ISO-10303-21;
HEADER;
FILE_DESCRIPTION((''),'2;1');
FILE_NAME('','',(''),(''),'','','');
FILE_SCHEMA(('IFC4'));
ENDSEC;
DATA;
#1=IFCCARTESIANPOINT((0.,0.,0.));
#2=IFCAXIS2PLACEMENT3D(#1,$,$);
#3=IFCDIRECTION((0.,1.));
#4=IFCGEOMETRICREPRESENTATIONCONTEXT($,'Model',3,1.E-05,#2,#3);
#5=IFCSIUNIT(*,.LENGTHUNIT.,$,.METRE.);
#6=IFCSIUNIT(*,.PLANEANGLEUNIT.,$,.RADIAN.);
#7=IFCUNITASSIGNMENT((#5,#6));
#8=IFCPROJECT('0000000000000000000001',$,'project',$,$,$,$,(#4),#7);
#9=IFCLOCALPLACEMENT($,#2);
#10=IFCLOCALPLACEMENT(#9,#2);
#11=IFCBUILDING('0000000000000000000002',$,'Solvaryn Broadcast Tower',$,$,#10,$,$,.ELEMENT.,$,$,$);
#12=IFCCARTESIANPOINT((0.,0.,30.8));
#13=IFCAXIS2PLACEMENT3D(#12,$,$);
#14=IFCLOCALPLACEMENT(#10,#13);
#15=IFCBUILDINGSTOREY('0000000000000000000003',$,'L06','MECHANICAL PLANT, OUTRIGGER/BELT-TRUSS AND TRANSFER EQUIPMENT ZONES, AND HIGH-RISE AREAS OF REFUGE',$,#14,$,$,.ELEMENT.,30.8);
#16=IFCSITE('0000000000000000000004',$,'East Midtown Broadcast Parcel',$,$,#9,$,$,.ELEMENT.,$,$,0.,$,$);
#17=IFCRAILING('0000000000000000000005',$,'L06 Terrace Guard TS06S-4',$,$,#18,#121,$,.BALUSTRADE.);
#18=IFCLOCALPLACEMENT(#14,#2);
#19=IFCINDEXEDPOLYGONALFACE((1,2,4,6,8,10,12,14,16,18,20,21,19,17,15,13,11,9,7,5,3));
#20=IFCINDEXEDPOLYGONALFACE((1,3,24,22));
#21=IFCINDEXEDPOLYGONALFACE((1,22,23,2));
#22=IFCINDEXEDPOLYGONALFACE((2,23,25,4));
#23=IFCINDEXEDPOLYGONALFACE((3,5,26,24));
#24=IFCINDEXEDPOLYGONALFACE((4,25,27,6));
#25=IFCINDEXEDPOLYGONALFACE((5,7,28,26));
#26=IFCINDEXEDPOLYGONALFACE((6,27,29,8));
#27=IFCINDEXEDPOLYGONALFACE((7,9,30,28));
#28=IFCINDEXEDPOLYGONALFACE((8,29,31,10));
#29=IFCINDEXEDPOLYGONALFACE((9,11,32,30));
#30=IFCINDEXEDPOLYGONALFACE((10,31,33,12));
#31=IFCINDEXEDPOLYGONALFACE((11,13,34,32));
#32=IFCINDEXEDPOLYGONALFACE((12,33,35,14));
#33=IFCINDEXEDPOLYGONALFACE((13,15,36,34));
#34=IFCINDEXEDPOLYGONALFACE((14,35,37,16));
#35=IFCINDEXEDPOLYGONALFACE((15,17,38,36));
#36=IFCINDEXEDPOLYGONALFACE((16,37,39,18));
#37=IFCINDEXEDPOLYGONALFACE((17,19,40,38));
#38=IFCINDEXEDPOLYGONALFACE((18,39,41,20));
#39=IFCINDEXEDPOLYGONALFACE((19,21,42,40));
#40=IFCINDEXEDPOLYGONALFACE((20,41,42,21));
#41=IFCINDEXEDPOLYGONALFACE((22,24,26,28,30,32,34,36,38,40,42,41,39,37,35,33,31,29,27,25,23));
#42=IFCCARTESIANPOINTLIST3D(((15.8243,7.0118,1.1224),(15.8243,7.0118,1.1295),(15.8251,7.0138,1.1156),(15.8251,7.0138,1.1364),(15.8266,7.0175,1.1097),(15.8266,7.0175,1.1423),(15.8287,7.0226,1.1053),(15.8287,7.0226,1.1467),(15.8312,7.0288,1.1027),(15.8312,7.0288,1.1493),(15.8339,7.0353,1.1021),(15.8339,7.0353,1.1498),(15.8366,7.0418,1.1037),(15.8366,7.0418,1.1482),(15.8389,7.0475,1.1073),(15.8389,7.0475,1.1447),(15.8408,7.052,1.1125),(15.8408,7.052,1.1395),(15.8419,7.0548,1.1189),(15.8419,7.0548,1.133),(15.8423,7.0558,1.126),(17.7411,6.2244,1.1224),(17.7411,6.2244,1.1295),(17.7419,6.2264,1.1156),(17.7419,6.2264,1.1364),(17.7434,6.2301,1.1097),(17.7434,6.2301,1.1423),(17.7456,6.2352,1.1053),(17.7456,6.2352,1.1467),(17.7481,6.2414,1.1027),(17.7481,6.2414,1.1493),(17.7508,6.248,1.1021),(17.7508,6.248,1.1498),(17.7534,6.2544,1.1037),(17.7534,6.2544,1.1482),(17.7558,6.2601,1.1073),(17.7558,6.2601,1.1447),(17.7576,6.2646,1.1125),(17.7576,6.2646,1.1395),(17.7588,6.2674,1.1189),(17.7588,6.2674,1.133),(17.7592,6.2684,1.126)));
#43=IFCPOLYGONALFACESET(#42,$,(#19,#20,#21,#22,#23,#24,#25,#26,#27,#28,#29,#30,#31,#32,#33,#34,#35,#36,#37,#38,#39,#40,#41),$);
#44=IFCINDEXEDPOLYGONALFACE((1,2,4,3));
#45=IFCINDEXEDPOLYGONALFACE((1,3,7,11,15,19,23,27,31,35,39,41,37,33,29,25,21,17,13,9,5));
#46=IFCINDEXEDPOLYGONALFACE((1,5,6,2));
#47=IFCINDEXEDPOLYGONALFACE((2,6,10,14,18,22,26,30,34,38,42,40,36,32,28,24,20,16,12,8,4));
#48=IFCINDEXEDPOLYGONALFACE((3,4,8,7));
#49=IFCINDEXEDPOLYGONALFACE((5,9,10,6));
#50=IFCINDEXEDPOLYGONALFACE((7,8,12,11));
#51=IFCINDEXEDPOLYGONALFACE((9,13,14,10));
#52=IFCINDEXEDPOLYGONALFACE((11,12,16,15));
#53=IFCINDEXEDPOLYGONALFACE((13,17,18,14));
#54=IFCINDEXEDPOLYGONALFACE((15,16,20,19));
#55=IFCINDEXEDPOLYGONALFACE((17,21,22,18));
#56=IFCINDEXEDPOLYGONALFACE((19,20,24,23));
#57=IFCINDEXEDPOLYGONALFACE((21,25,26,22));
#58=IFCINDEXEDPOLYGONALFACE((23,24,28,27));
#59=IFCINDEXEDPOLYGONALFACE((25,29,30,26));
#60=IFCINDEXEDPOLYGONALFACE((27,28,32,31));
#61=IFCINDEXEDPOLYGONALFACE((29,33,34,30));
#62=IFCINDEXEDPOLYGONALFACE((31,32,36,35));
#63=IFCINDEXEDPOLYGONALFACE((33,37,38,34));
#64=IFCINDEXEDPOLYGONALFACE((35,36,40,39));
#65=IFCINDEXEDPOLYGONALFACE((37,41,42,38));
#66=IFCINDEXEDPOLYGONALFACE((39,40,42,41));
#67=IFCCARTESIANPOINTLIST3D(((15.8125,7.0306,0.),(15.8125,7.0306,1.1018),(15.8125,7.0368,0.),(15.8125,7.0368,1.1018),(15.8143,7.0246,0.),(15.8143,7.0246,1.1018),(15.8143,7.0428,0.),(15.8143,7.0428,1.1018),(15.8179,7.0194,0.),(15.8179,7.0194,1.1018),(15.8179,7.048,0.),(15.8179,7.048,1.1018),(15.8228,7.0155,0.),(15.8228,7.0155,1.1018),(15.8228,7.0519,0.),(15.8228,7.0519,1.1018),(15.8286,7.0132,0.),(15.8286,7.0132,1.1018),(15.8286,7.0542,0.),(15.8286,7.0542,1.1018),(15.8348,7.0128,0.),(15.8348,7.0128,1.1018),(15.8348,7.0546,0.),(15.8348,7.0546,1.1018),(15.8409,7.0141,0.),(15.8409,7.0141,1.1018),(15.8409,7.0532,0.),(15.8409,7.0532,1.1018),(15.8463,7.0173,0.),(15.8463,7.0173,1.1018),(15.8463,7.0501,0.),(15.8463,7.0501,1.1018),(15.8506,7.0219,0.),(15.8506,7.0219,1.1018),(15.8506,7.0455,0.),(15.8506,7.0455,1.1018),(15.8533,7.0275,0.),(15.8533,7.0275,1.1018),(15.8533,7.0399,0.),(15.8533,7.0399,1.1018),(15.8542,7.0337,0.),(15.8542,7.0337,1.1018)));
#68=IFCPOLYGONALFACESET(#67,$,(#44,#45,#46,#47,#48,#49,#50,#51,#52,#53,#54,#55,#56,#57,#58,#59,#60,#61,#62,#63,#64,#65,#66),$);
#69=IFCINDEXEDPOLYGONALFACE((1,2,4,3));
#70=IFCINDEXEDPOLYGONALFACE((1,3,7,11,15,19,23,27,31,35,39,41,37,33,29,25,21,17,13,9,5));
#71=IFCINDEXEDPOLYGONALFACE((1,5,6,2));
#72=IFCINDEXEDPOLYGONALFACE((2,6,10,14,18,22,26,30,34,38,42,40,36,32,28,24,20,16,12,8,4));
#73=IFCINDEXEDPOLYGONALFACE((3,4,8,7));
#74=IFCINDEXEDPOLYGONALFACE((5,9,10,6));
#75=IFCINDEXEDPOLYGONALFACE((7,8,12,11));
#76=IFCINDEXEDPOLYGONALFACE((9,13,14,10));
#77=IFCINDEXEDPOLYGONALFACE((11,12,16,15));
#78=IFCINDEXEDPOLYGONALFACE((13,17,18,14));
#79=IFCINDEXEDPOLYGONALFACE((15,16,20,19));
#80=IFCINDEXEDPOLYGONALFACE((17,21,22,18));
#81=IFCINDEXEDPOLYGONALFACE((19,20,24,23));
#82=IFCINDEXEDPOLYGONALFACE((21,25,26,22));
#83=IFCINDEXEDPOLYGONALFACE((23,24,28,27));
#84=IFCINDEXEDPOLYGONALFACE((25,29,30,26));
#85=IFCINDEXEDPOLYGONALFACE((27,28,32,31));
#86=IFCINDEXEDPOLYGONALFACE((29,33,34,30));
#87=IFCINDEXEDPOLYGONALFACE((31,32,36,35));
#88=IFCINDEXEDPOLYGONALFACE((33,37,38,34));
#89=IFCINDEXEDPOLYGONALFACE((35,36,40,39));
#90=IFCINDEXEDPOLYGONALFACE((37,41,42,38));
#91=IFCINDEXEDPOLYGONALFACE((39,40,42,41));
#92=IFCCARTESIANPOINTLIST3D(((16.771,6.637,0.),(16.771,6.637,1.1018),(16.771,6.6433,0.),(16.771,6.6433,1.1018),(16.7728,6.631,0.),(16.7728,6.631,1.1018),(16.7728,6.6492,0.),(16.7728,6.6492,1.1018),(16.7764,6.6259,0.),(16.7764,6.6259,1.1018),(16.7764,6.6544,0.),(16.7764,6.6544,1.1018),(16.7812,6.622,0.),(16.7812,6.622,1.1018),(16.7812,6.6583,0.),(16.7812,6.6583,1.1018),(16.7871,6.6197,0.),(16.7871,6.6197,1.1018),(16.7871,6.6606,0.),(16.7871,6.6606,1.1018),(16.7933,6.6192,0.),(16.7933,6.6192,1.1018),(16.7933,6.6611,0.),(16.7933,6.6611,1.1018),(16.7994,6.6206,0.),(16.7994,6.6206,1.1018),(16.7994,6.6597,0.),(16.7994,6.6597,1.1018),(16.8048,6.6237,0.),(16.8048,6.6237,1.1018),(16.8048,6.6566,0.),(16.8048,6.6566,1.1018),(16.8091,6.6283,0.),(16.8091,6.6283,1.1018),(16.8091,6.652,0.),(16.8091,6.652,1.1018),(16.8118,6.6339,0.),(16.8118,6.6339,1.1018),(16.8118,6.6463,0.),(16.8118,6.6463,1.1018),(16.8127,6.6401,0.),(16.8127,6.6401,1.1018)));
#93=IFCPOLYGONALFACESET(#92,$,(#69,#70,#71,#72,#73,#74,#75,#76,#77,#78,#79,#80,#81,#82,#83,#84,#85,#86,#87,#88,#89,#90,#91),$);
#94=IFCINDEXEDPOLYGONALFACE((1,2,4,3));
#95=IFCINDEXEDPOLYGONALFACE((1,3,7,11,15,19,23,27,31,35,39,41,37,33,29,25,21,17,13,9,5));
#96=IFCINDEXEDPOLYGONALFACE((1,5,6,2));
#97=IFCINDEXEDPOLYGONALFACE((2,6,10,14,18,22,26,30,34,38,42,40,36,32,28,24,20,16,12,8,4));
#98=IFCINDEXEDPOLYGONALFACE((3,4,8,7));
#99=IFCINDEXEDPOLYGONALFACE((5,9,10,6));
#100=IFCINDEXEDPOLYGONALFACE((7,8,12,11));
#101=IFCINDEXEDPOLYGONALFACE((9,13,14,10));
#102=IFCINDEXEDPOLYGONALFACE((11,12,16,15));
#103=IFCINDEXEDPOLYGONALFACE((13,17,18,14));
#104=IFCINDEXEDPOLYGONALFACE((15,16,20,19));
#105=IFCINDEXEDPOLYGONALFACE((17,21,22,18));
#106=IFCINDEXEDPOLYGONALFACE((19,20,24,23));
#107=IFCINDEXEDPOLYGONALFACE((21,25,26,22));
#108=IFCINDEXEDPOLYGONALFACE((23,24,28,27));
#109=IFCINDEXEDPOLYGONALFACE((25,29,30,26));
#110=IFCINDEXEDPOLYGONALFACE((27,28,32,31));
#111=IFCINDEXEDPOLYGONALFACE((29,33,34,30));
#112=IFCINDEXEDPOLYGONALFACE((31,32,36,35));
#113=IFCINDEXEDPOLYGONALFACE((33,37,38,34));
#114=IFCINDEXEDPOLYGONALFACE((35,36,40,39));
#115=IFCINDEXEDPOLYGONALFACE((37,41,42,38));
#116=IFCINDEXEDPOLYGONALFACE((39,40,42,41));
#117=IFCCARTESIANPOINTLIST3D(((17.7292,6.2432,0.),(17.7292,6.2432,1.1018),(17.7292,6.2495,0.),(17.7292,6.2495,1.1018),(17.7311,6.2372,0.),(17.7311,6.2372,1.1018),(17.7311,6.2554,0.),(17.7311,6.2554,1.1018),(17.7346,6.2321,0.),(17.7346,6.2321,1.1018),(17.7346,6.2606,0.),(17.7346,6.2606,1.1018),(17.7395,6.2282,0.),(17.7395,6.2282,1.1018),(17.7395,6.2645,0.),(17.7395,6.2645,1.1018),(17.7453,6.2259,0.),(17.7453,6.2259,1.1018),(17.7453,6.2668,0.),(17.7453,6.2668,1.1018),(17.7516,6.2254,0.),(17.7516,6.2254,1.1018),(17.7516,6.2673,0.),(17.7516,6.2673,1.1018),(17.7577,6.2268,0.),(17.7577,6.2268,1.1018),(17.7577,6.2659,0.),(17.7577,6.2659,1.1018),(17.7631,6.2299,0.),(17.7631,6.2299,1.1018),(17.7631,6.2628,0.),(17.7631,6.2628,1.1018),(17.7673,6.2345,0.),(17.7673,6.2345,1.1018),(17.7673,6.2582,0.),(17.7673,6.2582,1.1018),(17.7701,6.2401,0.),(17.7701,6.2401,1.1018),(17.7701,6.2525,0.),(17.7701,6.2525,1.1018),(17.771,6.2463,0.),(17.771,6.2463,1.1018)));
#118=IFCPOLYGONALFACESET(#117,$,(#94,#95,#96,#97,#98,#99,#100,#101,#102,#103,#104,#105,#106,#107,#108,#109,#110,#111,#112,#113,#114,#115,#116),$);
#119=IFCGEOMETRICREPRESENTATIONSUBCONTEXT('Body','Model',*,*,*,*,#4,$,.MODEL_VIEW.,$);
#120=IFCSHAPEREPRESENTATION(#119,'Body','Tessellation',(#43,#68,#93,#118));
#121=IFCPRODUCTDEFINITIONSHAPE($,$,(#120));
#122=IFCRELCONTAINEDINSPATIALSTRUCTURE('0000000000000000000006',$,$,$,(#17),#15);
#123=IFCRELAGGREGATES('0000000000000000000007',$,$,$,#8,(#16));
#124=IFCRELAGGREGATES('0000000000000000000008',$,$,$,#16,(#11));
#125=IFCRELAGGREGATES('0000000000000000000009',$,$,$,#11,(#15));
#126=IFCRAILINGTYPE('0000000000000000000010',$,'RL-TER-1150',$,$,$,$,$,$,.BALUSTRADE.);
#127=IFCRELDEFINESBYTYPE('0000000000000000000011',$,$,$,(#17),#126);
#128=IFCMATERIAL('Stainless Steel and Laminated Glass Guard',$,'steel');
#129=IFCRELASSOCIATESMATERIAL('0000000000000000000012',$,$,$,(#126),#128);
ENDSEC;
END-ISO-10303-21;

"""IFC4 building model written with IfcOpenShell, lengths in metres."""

from ifc_helpers import new_model, si_unit, direction, frame, origin, origin_2d, place, context, subcontext, project, spatial, circle, extrude, material, type_object, element, save


model = new_model("IFC4")

# Units and contexts
model_context = context("Model", 3, precision=1e-05, world=origin(), true_north=direction((0.0, 1.0)))
body_context = subcontext(model_context, "Body", "Model", "MODEL_VIEW")
ifc_project = project(units=[si_unit("LENGTHUNIT", "METRE"), si_unit("PLANEANGLEUNIT", "RADIAN")], contexts=[model_context])

# Site, building, storey
site_placement = place(None, origin())
site = spatial("IfcSite", under=ifc_project, at=site_placement, Name="East Midtown Broadcast Parcel", CompositionType="ELEMENT", RefElevation=0.0)
building_placement = place(site_placement, origin())
building = spatial("IfcBuilding", under=site, at=building_placement, Name="Solvaryn Broadcast Tower", CompositionType="ELEMENT")
storey_placement = place(building_placement, frame((0.0, 0.0, 30.8)))
storey = spatial("IfcBuildingStorey", under=building, at=storey_placement, Name="L06", Description="MECHANICAL PLANT, OUTRIGGER/BELT-TRUSS AND TRANSFER EQUIPMENT ZONES, AND HIGH-RISE AREAS OF REFUGE", CompositionType="ELEMENT", Elevation=30.8)

# Railing
ifc_material_1 = material(Name="Stainless Steel and Laminated Glass Guard", Category="steel")
railing_type = type_object("IfcRailingType", Name="RL-TER-1150", PredefinedType="BALUSTRADE", material=ifc_material_1)
railing_1_placement = place(storey_placement, frame((15.8333, 7.0337, 0.0)))
element("IfcRailing", 1, at=railing_1_placement, inside=storey, type_object=railing_type, Name="L06 Terrace Guard TS06S-4", PredefinedType="BALUSTRADE", context=body_context, shape_type="SweptSolid", body=[
    extrude(circle(Radius=0.0239, at=origin_2d()), frame((0.0, 0.0, 1.126), z_axis=(0.925, -0.379967, 0.0), x_axis=(0.379967, 0.925, 0.0)), (0.0, 0.0, 1.0), 2.0723),
    extrude(circle(Radius=0.021, at=origin_2d()), origin(), (0.0, 0.0, 1.0), 1.1018),
    extrude(circle(Radius=0.021, at=origin_2d()), frame((0.9585, -0.3936, 0.0)), (0.0, 0.0, 1.0), 1.1018),
    extrude(circle(Radius=0.021, at=origin_2d()), frame((1.9167, -0.7874, 0.0)), (0.0, 0.0, 1.0), 1.1018),
])

save(model, "model.ifc")
